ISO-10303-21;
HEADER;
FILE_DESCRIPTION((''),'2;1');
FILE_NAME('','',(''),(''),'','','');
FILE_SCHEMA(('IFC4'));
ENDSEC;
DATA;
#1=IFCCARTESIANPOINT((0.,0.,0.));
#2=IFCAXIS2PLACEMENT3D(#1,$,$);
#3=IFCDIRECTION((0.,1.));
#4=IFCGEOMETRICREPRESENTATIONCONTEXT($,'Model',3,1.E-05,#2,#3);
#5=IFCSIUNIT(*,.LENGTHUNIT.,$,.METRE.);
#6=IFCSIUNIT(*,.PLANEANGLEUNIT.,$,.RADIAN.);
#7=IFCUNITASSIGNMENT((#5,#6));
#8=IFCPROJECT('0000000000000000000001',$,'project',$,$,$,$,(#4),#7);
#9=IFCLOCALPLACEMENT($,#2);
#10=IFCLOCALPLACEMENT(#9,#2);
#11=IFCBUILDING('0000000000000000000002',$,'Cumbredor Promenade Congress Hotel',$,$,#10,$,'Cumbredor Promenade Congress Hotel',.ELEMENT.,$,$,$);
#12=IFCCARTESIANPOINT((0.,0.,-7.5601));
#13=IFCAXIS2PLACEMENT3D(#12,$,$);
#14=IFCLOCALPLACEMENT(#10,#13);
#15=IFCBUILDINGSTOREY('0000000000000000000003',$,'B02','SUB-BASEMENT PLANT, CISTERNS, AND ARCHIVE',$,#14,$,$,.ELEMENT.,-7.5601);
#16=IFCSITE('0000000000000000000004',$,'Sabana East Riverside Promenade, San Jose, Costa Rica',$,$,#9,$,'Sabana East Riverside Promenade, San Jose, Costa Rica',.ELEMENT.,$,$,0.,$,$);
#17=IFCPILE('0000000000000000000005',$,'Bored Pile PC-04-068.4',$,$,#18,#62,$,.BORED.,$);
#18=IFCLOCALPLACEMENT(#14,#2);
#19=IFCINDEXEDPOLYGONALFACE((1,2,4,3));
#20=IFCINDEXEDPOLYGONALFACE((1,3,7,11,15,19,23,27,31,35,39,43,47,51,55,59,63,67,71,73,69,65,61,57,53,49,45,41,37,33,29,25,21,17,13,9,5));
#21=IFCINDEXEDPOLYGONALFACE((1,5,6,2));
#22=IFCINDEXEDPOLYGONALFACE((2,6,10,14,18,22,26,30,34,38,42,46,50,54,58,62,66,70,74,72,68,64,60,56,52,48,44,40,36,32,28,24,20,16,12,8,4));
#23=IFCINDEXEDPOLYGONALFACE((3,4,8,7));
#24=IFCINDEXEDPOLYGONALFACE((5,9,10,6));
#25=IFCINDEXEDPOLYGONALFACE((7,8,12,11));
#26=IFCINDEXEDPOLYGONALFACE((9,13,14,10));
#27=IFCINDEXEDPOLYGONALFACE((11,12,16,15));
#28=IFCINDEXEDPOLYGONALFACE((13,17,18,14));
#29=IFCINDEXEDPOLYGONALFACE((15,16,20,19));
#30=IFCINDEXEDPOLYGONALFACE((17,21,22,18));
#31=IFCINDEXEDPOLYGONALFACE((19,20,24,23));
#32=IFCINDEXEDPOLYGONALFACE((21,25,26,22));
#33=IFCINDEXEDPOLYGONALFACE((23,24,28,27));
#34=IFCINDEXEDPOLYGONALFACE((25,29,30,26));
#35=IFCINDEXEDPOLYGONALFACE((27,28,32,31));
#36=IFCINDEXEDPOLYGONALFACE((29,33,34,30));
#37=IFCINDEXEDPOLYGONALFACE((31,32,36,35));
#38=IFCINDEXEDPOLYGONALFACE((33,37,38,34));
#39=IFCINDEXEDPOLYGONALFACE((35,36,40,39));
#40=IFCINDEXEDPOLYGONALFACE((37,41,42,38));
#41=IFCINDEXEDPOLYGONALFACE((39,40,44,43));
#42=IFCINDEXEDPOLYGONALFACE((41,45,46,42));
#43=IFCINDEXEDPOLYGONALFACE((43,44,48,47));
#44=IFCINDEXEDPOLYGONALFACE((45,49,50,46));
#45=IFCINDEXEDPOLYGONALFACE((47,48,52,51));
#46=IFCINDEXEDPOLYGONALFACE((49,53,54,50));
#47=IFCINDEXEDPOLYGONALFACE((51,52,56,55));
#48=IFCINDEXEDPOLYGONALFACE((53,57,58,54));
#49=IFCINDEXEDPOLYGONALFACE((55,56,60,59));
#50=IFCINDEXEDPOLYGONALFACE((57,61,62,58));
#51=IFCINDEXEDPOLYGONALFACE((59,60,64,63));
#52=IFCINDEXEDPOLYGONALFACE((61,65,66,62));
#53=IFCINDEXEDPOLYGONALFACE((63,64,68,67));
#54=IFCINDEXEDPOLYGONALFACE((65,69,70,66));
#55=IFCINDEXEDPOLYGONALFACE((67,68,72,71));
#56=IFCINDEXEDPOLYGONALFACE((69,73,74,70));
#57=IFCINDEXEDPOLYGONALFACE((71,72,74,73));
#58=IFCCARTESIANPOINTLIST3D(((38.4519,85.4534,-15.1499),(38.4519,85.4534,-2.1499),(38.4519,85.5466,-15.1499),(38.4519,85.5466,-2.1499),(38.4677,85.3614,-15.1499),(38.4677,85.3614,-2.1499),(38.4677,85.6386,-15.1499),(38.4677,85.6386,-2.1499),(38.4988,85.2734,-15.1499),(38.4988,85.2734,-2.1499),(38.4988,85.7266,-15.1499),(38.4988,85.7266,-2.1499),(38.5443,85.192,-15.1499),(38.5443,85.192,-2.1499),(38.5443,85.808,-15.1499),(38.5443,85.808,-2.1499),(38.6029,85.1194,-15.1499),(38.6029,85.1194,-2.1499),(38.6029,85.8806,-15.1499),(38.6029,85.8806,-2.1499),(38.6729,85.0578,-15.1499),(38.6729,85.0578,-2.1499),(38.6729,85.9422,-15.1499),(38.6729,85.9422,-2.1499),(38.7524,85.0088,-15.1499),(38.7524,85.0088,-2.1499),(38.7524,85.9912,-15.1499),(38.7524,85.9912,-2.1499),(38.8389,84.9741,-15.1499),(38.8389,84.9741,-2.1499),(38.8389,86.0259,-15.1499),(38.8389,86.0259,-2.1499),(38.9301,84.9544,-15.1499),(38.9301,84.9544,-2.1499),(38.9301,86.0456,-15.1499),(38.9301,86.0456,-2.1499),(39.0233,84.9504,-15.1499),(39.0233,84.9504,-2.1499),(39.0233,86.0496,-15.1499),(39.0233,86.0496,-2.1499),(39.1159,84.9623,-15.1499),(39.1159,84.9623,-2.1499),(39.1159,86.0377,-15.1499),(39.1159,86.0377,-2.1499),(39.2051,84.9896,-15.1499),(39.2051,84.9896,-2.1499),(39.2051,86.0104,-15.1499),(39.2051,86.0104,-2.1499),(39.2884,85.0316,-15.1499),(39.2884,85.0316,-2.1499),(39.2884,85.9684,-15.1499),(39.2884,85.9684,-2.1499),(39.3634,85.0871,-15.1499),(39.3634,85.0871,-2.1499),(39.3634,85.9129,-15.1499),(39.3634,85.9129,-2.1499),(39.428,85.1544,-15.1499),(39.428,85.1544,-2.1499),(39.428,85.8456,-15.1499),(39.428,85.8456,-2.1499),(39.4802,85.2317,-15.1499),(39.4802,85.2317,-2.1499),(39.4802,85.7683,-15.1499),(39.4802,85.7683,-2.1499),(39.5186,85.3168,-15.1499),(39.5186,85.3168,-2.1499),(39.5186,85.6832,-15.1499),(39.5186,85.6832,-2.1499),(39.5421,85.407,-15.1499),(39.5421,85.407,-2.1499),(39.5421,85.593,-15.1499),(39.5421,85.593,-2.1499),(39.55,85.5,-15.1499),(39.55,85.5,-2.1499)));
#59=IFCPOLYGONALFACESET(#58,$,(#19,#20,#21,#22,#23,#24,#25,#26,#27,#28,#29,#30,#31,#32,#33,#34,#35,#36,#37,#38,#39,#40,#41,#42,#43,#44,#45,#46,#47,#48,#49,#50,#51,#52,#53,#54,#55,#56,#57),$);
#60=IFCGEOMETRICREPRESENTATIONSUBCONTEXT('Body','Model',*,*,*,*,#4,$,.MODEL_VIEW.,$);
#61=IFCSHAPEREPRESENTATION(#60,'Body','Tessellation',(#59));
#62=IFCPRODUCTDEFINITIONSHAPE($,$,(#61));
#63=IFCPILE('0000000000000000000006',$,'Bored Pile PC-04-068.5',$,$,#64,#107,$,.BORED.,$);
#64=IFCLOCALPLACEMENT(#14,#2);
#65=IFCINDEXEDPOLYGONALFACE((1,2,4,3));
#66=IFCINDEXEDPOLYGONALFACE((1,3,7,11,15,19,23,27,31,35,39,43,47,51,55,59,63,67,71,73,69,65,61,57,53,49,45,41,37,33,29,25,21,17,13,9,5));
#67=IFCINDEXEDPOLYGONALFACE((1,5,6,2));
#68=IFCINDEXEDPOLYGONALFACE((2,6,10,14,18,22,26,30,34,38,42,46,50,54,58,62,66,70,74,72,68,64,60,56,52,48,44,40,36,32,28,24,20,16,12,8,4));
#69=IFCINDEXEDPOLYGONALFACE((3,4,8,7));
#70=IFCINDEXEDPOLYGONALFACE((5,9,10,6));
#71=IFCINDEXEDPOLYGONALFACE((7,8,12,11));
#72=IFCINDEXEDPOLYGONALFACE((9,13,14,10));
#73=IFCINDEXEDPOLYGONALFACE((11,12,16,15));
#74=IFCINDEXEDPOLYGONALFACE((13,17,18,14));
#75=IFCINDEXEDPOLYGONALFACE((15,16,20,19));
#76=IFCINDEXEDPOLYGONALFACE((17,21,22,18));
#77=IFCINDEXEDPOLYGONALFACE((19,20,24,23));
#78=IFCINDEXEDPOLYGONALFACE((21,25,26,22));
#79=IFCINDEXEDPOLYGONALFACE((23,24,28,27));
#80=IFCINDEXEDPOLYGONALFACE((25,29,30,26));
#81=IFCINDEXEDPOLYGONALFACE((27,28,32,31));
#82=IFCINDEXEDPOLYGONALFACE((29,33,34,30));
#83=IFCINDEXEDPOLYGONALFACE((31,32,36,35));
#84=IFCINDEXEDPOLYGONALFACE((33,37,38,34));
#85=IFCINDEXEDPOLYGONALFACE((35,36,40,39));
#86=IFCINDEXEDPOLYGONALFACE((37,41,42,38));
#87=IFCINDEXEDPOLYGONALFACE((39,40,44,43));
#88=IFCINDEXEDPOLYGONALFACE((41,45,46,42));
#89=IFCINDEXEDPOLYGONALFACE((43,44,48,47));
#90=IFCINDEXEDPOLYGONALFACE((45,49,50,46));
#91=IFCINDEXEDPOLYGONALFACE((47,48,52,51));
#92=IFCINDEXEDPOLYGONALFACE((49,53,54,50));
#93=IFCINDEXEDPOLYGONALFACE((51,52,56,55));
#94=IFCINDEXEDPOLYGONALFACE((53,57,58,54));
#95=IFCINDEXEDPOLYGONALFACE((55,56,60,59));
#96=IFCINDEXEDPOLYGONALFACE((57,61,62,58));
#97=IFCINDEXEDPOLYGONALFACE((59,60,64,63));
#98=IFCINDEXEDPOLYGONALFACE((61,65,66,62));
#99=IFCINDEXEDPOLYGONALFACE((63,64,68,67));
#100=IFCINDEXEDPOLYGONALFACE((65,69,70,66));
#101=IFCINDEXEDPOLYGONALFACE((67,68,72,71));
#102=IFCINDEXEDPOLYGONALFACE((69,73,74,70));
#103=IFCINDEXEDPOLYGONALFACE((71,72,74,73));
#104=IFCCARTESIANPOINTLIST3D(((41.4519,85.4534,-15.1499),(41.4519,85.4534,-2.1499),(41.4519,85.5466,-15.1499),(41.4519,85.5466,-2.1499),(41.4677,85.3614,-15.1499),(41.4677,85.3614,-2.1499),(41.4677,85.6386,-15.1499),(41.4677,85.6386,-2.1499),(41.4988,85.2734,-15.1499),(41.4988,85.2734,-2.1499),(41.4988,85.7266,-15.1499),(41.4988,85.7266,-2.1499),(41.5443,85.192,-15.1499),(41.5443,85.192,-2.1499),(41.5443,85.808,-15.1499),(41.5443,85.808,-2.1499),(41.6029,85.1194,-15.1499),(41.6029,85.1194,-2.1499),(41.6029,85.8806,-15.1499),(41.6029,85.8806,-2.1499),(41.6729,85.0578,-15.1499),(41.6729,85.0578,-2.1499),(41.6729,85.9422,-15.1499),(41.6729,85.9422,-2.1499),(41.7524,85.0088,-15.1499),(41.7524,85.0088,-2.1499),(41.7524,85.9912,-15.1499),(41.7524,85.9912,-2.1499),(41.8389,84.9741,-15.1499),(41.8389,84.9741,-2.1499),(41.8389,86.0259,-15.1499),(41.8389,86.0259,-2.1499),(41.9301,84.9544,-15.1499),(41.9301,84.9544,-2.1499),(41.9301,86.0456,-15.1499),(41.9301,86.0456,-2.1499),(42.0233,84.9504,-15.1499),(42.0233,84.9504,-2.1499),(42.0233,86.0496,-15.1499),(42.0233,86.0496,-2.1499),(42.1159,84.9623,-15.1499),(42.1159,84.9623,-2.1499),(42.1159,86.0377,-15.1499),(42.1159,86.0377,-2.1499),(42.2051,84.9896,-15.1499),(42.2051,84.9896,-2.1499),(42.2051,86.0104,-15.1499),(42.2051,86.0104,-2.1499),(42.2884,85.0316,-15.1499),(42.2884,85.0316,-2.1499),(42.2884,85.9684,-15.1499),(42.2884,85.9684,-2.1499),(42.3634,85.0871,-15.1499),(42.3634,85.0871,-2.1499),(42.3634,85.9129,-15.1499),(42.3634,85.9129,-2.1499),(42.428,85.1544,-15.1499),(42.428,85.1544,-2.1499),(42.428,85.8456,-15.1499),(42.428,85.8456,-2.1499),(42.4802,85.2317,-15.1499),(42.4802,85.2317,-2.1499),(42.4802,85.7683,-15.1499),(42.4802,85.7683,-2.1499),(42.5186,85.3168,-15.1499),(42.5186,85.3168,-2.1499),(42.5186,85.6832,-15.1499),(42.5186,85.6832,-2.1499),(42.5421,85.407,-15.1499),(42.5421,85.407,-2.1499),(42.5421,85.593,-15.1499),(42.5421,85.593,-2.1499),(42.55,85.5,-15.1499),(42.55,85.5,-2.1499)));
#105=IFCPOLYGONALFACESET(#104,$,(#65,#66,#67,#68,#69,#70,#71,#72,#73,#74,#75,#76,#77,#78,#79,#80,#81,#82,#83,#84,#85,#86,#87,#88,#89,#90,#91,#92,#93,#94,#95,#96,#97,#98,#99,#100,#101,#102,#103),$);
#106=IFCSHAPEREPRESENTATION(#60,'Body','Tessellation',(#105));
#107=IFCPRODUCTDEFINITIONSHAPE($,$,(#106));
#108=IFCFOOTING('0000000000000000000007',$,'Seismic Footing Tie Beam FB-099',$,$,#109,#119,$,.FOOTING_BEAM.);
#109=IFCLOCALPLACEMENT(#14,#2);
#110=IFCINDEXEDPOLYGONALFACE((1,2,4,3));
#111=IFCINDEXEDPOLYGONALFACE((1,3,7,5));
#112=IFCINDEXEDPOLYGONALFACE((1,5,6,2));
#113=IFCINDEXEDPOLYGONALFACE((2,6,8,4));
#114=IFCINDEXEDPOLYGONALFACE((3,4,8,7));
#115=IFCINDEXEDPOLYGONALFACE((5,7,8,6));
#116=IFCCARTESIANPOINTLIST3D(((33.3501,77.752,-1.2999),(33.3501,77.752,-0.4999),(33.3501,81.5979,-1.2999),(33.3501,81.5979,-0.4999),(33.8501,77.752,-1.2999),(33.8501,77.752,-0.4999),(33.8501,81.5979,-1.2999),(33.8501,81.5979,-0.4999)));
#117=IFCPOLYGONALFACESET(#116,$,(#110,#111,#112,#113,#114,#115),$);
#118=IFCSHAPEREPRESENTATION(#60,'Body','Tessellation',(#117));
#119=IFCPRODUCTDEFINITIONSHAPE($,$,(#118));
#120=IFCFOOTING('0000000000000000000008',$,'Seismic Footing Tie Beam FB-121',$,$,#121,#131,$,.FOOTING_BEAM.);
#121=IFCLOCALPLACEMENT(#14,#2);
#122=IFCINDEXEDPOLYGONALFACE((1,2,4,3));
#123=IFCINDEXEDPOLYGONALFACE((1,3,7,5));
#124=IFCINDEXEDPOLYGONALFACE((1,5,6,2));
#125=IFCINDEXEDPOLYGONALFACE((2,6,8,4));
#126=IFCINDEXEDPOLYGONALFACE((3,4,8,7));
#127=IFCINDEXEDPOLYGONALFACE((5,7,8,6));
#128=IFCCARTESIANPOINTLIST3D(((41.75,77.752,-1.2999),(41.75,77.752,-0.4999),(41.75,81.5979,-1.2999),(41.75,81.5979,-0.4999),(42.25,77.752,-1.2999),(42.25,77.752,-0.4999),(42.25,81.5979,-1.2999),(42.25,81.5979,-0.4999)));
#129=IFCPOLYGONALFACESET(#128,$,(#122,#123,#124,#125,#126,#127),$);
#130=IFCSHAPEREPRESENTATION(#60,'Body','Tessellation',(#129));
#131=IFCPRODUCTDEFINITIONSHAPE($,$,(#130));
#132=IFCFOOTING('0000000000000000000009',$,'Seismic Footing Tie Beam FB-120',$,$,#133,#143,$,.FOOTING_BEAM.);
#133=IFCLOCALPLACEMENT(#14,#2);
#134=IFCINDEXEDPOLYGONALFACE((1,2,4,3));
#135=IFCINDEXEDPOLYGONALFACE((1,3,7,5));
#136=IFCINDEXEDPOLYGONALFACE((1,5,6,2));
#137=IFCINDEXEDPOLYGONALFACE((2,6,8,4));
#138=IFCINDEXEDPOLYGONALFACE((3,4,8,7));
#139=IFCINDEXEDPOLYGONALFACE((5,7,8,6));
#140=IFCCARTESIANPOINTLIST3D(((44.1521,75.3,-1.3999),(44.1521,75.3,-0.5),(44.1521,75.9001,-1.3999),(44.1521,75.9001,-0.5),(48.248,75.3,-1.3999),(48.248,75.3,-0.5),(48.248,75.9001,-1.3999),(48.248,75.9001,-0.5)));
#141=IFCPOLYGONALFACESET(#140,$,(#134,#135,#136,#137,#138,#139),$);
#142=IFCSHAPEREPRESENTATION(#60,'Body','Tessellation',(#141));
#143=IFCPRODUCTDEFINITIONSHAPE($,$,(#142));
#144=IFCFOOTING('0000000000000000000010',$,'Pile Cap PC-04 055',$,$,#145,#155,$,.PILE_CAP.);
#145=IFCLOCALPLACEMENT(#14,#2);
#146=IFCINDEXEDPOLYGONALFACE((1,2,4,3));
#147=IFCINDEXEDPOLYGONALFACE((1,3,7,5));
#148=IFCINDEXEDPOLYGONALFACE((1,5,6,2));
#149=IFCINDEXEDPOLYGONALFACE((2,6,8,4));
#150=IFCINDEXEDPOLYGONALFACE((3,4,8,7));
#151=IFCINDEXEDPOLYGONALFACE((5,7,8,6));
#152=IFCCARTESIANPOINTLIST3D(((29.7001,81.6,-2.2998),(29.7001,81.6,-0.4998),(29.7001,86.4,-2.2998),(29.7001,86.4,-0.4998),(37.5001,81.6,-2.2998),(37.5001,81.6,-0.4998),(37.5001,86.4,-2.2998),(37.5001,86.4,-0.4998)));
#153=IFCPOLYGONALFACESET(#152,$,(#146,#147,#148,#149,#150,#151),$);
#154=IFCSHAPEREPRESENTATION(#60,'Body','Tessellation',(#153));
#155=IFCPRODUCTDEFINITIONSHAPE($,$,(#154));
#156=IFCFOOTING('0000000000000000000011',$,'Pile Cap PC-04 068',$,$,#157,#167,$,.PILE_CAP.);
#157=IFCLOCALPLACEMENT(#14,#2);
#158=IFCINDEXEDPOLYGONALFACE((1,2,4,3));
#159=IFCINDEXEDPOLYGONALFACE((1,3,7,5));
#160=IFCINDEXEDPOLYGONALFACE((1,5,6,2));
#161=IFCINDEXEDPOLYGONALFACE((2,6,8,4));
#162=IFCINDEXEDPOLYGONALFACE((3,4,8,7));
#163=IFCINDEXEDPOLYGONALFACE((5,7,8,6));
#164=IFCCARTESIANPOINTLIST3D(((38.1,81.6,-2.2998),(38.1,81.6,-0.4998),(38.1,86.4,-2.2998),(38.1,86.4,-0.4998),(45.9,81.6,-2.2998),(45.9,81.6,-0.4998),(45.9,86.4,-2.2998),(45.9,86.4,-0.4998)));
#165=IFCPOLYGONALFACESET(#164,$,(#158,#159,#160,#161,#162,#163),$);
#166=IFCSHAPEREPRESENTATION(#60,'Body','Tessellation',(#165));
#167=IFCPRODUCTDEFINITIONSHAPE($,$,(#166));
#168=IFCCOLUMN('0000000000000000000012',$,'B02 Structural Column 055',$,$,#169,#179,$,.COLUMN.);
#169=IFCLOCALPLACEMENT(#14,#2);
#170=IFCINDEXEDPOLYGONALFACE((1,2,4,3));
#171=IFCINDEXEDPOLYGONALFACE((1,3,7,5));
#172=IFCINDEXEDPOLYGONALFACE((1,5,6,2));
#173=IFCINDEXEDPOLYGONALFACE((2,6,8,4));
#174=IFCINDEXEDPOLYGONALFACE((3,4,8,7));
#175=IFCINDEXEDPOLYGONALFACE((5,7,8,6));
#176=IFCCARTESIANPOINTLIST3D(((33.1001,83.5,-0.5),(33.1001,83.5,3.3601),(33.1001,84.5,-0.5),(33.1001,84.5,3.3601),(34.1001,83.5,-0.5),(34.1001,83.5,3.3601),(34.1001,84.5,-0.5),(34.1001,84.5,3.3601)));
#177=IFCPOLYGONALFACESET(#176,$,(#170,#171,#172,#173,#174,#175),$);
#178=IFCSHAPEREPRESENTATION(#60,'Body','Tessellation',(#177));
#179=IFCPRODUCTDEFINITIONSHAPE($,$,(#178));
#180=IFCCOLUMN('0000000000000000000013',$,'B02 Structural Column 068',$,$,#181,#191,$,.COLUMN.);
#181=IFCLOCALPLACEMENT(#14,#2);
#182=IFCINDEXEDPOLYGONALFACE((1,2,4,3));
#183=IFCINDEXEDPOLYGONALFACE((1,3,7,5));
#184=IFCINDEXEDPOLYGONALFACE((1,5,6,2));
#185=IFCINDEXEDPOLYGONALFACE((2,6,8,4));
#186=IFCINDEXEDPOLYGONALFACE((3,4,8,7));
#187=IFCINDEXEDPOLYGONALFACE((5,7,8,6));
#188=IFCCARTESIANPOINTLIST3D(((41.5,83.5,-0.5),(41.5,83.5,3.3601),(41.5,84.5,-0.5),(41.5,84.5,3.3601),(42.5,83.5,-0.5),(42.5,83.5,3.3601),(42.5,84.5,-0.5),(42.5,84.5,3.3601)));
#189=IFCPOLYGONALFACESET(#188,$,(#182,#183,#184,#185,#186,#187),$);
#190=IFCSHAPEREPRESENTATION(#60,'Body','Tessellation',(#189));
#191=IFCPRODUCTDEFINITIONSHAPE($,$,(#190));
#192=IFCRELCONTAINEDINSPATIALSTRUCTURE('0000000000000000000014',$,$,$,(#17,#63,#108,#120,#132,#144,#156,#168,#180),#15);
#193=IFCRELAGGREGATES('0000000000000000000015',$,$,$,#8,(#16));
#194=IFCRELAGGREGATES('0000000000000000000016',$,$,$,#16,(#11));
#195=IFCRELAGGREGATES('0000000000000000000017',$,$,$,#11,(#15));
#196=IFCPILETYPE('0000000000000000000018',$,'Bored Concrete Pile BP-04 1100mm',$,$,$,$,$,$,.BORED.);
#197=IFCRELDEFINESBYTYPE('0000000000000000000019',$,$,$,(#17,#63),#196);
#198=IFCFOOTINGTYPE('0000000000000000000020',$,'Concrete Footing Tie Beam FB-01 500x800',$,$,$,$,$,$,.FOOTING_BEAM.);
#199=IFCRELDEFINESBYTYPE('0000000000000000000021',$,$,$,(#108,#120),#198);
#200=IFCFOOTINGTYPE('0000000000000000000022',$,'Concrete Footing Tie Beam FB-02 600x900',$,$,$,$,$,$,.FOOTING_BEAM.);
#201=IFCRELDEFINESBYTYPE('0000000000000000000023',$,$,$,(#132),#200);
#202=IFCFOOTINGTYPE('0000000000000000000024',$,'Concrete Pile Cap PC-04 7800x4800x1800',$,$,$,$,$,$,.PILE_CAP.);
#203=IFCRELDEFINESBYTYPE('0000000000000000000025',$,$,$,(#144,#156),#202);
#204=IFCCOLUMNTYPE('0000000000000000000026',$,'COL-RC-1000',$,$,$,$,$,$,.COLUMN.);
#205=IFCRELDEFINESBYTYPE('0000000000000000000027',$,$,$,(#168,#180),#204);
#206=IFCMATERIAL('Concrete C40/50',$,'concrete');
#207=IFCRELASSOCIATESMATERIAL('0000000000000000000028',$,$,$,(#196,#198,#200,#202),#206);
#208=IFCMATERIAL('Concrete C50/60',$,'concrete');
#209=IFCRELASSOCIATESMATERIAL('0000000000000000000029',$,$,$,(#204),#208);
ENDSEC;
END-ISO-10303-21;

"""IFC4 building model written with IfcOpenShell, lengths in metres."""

from ifc_helpers import new_model, si_unit, direction, frame, origin, origin_2d, place, context, subcontext, project, spatial, rectangle, circle, extrude, material, material_profile, profile_set, type_object, element, save


model = new_model("IFC4")

# Units and contexts
model_context = context("Model", 3, precision=1e-05, world=origin(), true_north=direction((0.0, 1.0)))
body_context = subcontext(model_context, "Body", "Model", "MODEL_VIEW")
ifc_project = project(units=[si_unit("LENGTHUNIT", "METRE"), si_unit("PLANEANGLEUNIT", "RADIAN")], contexts=[model_context])

# Site, building, storey
site_placement = place(None, origin())
site = spatial("IfcSite", under=ifc_project, at=site_placement, Name="Sabana East Riverside Promenade, San Jose, Costa Rica", LongName="Sabana East Riverside Promenade, San Jose, Costa Rica", CompositionType="ELEMENT", RefElevation=0.0)
building_placement = place(site_placement, origin())
building = spatial("IfcBuilding", under=site, at=building_placement, Name="Cumbredor Promenade Congress Hotel", LongName="Cumbredor Promenade Congress Hotel", CompositionType="ELEMENT")
storey_placement = place(building_placement, frame((0.0, 0.0, -7.5601)))
storey = spatial("IfcBuildingStorey", under=building, at=storey_placement, Name="B02", Description="SUB-BASEMENT PLANT, CISTERNS, AND ARCHIVE", CompositionType="ELEMENT", Elevation=-7.5601)

# Piles
ifc_material_1 = material(Name="Concrete C40/50", Category="concrete")
ifc_material_profile_1 = material_profile(ifc_material_1, circle(Radius=0.55, at=origin_2d()), Name="PILE D1100")
ifc_profile_set_1 = profile_set([ifc_material_profile_1], Name="Concrete C40/50")
pile_type_1 = type_object("IfcPileType", Name="Bored Concrete Pile BP-04 1100mm", PredefinedType="BORED", material=ifc_profile_set_1)
for number, where, z_axis, x_axis, name in (
    (1, (39.0, 85.5, -2.1499), (0.0, 0.0, -1.0), (1.0, 0.0, 0.0), "Bored Pile PC-04-068.4"),
    (2, (42.0, 85.5, -2.1499), (0.0, 0.0, -1.0), (1.0, 0.0, 0.0), "Bored Pile PC-04-068.5"),
):
    element("IfcPile", number, at=place(storey_placement, frame(where, z_axis=z_axis, x_axis=x_axis)), inside=storey, type_object=pile_type_1, Name=name, PredefinedType="BORED", context=body_context, shape_type="SweptSolid", body=[
        extrude(circle(Radius=0.55, at=origin_2d()), origin(), (0.0, 0.0, 1.0), 13.0),
    ])

# Footings
ifc_material_profile_2 = material_profile(ifc_material_1, rectangle(XDim=0.5, YDim=0.8, at=origin_2d()), Name="FB 500x800")
ifc_profile_set_2 = profile_set([ifc_material_profile_2], Name="Concrete C40/50")
footing_type_1 = type_object("IfcFootingType", Name="Concrete Footing Tie Beam FB-01 500x800", PredefinedType="FOOTING_BEAM", material=ifc_profile_set_2)
for number, where, z_axis, x_axis, name in (
    (3, (33.6001, 77.752, -0.8999), (0.0, 1.0, 0.0), (-1.0, 0.0, 0.0), "Seismic Footing Tie Beam FB-099"),
    (4, (42.0, 77.752, -0.8999), (0.0, 1.0, 0.0), (-1.0, 0.0, 0.0), "Seismic Footing Tie Beam FB-121"),
):
    element("IfcFooting", number, at=place(storey_placement, frame(where, z_axis=z_axis, x_axis=x_axis)), inside=storey, type_object=footing_type_1, Name=name, PredefinedType="FOOTING_BEAM", context=body_context, shape_type="SweptSolid", body=[
        extrude(rectangle(XDim=0.5, YDim=0.8, at=origin_2d()), origin(), (0.0, 0.0, 1.0), 3.8459),
    ])
ifc_material_profile_3 = material_profile(ifc_material_1, rectangle(XDim=0.6001, YDim=0.8999, at=origin_2d()), Name="FB 600x900")
ifc_profile_set_3 = profile_set([ifc_material_profile_3], Name="Concrete C40/50")
footing_type_2 = type_object("IfcFootingType", Name="Concrete Footing Tie Beam FB-02 600x900", PredefinedType="FOOTING_BEAM", material=ifc_profile_set_3)
footing_placement = place(storey_placement, frame((44.1521, 75.6001, -0.95), z_axis=(1.0, 0.0, 0.0), x_axis=(0.0, 1.0, 0.0)))
element("IfcFooting", 5, at=footing_placement, inside=storey, type_object=footing_type_2, Name="Seismic Footing Tie Beam FB-120", PredefinedType="FOOTING_BEAM", context=body_context, shape_type="SweptSolid", body=[
    extrude(rectangle(XDim=0.6001, YDim=0.8999, at=origin_2d()), origin(), (0.0, 0.0, 1.0), 4.0959),
])
footing_type_3 = type_object("IfcFootingType", Name="Concrete Pile Cap PC-04 7800x4800x1800", PredefinedType="PILE_CAP", material=ifc_material_1)
for number, where, z_axis, x_axis, name in (
    (6, (33.6001, 84.0, -2.2998), (0.0, 0.0, 1.0), (1.0, 0.0, 0.0), "Pile Cap PC-04 055"),
    (7, (42.0, 84.0, -2.2998), (0.0, 0.0, 1.0), (1.0, 0.0, 0.0), "Pile Cap PC-04 068"),
):
    element("IfcFooting", number, at=place(storey_placement, frame(where, z_axis=z_axis, x_axis=x_axis)), inside=storey, type_object=footing_type_3, Name=name, PredefinedType="PILE_CAP", context=body_context, shape_type="SweptSolid", body=[
        extrude(rectangle(XDim=7.8, YDim=4.8, at=origin_2d()), origin(), (0.0, 0.0, 1.0), 1.8),
    ])

# Columns
ifc_material_2 = material(Name="Concrete C50/60", Category="concrete")
ifc_material_profile_4 = material_profile(ifc_material_2, rectangle(XDim=1.0, YDim=1.0, at=origin_2d()), Name="RC 1000x1000")
ifc_profile_set_4 = profile_set([ifc_material_profile_4], Name="Concrete C50/60")
column_type = type_object("IfcColumnType", Name="COL-RC-1000", PredefinedType="COLUMN", material=ifc_profile_set_4)
for number, where, z_axis, x_axis, name in (
    (8, (33.6001, 84.0, -0.5), (0.0, 0.0, 1.0), (1.0, 0.0, 0.0), "B02 Structural Column 055"),
    (9, (42.0, 84.0, -0.5), (0.0, 0.0, 1.0), (1.0, 0.0, 0.0), "B02 Structural Column 068"),
):
    element("IfcColumn", number, at=place(storey_placement, frame(where, z_axis=z_axis, x_axis=x_axis)), inside=storey, type_object=column_type, Name=name, PredefinedType="COLUMN", context=body_context, shape_type="SweptSolid", body=[
        extrude(rectangle(XDim=1.0, YDim=1.0, at=origin_2d()), origin(), (0.0, 0.0, 1.0), 3.8601),
    ])

save(model, "model.ifc")
